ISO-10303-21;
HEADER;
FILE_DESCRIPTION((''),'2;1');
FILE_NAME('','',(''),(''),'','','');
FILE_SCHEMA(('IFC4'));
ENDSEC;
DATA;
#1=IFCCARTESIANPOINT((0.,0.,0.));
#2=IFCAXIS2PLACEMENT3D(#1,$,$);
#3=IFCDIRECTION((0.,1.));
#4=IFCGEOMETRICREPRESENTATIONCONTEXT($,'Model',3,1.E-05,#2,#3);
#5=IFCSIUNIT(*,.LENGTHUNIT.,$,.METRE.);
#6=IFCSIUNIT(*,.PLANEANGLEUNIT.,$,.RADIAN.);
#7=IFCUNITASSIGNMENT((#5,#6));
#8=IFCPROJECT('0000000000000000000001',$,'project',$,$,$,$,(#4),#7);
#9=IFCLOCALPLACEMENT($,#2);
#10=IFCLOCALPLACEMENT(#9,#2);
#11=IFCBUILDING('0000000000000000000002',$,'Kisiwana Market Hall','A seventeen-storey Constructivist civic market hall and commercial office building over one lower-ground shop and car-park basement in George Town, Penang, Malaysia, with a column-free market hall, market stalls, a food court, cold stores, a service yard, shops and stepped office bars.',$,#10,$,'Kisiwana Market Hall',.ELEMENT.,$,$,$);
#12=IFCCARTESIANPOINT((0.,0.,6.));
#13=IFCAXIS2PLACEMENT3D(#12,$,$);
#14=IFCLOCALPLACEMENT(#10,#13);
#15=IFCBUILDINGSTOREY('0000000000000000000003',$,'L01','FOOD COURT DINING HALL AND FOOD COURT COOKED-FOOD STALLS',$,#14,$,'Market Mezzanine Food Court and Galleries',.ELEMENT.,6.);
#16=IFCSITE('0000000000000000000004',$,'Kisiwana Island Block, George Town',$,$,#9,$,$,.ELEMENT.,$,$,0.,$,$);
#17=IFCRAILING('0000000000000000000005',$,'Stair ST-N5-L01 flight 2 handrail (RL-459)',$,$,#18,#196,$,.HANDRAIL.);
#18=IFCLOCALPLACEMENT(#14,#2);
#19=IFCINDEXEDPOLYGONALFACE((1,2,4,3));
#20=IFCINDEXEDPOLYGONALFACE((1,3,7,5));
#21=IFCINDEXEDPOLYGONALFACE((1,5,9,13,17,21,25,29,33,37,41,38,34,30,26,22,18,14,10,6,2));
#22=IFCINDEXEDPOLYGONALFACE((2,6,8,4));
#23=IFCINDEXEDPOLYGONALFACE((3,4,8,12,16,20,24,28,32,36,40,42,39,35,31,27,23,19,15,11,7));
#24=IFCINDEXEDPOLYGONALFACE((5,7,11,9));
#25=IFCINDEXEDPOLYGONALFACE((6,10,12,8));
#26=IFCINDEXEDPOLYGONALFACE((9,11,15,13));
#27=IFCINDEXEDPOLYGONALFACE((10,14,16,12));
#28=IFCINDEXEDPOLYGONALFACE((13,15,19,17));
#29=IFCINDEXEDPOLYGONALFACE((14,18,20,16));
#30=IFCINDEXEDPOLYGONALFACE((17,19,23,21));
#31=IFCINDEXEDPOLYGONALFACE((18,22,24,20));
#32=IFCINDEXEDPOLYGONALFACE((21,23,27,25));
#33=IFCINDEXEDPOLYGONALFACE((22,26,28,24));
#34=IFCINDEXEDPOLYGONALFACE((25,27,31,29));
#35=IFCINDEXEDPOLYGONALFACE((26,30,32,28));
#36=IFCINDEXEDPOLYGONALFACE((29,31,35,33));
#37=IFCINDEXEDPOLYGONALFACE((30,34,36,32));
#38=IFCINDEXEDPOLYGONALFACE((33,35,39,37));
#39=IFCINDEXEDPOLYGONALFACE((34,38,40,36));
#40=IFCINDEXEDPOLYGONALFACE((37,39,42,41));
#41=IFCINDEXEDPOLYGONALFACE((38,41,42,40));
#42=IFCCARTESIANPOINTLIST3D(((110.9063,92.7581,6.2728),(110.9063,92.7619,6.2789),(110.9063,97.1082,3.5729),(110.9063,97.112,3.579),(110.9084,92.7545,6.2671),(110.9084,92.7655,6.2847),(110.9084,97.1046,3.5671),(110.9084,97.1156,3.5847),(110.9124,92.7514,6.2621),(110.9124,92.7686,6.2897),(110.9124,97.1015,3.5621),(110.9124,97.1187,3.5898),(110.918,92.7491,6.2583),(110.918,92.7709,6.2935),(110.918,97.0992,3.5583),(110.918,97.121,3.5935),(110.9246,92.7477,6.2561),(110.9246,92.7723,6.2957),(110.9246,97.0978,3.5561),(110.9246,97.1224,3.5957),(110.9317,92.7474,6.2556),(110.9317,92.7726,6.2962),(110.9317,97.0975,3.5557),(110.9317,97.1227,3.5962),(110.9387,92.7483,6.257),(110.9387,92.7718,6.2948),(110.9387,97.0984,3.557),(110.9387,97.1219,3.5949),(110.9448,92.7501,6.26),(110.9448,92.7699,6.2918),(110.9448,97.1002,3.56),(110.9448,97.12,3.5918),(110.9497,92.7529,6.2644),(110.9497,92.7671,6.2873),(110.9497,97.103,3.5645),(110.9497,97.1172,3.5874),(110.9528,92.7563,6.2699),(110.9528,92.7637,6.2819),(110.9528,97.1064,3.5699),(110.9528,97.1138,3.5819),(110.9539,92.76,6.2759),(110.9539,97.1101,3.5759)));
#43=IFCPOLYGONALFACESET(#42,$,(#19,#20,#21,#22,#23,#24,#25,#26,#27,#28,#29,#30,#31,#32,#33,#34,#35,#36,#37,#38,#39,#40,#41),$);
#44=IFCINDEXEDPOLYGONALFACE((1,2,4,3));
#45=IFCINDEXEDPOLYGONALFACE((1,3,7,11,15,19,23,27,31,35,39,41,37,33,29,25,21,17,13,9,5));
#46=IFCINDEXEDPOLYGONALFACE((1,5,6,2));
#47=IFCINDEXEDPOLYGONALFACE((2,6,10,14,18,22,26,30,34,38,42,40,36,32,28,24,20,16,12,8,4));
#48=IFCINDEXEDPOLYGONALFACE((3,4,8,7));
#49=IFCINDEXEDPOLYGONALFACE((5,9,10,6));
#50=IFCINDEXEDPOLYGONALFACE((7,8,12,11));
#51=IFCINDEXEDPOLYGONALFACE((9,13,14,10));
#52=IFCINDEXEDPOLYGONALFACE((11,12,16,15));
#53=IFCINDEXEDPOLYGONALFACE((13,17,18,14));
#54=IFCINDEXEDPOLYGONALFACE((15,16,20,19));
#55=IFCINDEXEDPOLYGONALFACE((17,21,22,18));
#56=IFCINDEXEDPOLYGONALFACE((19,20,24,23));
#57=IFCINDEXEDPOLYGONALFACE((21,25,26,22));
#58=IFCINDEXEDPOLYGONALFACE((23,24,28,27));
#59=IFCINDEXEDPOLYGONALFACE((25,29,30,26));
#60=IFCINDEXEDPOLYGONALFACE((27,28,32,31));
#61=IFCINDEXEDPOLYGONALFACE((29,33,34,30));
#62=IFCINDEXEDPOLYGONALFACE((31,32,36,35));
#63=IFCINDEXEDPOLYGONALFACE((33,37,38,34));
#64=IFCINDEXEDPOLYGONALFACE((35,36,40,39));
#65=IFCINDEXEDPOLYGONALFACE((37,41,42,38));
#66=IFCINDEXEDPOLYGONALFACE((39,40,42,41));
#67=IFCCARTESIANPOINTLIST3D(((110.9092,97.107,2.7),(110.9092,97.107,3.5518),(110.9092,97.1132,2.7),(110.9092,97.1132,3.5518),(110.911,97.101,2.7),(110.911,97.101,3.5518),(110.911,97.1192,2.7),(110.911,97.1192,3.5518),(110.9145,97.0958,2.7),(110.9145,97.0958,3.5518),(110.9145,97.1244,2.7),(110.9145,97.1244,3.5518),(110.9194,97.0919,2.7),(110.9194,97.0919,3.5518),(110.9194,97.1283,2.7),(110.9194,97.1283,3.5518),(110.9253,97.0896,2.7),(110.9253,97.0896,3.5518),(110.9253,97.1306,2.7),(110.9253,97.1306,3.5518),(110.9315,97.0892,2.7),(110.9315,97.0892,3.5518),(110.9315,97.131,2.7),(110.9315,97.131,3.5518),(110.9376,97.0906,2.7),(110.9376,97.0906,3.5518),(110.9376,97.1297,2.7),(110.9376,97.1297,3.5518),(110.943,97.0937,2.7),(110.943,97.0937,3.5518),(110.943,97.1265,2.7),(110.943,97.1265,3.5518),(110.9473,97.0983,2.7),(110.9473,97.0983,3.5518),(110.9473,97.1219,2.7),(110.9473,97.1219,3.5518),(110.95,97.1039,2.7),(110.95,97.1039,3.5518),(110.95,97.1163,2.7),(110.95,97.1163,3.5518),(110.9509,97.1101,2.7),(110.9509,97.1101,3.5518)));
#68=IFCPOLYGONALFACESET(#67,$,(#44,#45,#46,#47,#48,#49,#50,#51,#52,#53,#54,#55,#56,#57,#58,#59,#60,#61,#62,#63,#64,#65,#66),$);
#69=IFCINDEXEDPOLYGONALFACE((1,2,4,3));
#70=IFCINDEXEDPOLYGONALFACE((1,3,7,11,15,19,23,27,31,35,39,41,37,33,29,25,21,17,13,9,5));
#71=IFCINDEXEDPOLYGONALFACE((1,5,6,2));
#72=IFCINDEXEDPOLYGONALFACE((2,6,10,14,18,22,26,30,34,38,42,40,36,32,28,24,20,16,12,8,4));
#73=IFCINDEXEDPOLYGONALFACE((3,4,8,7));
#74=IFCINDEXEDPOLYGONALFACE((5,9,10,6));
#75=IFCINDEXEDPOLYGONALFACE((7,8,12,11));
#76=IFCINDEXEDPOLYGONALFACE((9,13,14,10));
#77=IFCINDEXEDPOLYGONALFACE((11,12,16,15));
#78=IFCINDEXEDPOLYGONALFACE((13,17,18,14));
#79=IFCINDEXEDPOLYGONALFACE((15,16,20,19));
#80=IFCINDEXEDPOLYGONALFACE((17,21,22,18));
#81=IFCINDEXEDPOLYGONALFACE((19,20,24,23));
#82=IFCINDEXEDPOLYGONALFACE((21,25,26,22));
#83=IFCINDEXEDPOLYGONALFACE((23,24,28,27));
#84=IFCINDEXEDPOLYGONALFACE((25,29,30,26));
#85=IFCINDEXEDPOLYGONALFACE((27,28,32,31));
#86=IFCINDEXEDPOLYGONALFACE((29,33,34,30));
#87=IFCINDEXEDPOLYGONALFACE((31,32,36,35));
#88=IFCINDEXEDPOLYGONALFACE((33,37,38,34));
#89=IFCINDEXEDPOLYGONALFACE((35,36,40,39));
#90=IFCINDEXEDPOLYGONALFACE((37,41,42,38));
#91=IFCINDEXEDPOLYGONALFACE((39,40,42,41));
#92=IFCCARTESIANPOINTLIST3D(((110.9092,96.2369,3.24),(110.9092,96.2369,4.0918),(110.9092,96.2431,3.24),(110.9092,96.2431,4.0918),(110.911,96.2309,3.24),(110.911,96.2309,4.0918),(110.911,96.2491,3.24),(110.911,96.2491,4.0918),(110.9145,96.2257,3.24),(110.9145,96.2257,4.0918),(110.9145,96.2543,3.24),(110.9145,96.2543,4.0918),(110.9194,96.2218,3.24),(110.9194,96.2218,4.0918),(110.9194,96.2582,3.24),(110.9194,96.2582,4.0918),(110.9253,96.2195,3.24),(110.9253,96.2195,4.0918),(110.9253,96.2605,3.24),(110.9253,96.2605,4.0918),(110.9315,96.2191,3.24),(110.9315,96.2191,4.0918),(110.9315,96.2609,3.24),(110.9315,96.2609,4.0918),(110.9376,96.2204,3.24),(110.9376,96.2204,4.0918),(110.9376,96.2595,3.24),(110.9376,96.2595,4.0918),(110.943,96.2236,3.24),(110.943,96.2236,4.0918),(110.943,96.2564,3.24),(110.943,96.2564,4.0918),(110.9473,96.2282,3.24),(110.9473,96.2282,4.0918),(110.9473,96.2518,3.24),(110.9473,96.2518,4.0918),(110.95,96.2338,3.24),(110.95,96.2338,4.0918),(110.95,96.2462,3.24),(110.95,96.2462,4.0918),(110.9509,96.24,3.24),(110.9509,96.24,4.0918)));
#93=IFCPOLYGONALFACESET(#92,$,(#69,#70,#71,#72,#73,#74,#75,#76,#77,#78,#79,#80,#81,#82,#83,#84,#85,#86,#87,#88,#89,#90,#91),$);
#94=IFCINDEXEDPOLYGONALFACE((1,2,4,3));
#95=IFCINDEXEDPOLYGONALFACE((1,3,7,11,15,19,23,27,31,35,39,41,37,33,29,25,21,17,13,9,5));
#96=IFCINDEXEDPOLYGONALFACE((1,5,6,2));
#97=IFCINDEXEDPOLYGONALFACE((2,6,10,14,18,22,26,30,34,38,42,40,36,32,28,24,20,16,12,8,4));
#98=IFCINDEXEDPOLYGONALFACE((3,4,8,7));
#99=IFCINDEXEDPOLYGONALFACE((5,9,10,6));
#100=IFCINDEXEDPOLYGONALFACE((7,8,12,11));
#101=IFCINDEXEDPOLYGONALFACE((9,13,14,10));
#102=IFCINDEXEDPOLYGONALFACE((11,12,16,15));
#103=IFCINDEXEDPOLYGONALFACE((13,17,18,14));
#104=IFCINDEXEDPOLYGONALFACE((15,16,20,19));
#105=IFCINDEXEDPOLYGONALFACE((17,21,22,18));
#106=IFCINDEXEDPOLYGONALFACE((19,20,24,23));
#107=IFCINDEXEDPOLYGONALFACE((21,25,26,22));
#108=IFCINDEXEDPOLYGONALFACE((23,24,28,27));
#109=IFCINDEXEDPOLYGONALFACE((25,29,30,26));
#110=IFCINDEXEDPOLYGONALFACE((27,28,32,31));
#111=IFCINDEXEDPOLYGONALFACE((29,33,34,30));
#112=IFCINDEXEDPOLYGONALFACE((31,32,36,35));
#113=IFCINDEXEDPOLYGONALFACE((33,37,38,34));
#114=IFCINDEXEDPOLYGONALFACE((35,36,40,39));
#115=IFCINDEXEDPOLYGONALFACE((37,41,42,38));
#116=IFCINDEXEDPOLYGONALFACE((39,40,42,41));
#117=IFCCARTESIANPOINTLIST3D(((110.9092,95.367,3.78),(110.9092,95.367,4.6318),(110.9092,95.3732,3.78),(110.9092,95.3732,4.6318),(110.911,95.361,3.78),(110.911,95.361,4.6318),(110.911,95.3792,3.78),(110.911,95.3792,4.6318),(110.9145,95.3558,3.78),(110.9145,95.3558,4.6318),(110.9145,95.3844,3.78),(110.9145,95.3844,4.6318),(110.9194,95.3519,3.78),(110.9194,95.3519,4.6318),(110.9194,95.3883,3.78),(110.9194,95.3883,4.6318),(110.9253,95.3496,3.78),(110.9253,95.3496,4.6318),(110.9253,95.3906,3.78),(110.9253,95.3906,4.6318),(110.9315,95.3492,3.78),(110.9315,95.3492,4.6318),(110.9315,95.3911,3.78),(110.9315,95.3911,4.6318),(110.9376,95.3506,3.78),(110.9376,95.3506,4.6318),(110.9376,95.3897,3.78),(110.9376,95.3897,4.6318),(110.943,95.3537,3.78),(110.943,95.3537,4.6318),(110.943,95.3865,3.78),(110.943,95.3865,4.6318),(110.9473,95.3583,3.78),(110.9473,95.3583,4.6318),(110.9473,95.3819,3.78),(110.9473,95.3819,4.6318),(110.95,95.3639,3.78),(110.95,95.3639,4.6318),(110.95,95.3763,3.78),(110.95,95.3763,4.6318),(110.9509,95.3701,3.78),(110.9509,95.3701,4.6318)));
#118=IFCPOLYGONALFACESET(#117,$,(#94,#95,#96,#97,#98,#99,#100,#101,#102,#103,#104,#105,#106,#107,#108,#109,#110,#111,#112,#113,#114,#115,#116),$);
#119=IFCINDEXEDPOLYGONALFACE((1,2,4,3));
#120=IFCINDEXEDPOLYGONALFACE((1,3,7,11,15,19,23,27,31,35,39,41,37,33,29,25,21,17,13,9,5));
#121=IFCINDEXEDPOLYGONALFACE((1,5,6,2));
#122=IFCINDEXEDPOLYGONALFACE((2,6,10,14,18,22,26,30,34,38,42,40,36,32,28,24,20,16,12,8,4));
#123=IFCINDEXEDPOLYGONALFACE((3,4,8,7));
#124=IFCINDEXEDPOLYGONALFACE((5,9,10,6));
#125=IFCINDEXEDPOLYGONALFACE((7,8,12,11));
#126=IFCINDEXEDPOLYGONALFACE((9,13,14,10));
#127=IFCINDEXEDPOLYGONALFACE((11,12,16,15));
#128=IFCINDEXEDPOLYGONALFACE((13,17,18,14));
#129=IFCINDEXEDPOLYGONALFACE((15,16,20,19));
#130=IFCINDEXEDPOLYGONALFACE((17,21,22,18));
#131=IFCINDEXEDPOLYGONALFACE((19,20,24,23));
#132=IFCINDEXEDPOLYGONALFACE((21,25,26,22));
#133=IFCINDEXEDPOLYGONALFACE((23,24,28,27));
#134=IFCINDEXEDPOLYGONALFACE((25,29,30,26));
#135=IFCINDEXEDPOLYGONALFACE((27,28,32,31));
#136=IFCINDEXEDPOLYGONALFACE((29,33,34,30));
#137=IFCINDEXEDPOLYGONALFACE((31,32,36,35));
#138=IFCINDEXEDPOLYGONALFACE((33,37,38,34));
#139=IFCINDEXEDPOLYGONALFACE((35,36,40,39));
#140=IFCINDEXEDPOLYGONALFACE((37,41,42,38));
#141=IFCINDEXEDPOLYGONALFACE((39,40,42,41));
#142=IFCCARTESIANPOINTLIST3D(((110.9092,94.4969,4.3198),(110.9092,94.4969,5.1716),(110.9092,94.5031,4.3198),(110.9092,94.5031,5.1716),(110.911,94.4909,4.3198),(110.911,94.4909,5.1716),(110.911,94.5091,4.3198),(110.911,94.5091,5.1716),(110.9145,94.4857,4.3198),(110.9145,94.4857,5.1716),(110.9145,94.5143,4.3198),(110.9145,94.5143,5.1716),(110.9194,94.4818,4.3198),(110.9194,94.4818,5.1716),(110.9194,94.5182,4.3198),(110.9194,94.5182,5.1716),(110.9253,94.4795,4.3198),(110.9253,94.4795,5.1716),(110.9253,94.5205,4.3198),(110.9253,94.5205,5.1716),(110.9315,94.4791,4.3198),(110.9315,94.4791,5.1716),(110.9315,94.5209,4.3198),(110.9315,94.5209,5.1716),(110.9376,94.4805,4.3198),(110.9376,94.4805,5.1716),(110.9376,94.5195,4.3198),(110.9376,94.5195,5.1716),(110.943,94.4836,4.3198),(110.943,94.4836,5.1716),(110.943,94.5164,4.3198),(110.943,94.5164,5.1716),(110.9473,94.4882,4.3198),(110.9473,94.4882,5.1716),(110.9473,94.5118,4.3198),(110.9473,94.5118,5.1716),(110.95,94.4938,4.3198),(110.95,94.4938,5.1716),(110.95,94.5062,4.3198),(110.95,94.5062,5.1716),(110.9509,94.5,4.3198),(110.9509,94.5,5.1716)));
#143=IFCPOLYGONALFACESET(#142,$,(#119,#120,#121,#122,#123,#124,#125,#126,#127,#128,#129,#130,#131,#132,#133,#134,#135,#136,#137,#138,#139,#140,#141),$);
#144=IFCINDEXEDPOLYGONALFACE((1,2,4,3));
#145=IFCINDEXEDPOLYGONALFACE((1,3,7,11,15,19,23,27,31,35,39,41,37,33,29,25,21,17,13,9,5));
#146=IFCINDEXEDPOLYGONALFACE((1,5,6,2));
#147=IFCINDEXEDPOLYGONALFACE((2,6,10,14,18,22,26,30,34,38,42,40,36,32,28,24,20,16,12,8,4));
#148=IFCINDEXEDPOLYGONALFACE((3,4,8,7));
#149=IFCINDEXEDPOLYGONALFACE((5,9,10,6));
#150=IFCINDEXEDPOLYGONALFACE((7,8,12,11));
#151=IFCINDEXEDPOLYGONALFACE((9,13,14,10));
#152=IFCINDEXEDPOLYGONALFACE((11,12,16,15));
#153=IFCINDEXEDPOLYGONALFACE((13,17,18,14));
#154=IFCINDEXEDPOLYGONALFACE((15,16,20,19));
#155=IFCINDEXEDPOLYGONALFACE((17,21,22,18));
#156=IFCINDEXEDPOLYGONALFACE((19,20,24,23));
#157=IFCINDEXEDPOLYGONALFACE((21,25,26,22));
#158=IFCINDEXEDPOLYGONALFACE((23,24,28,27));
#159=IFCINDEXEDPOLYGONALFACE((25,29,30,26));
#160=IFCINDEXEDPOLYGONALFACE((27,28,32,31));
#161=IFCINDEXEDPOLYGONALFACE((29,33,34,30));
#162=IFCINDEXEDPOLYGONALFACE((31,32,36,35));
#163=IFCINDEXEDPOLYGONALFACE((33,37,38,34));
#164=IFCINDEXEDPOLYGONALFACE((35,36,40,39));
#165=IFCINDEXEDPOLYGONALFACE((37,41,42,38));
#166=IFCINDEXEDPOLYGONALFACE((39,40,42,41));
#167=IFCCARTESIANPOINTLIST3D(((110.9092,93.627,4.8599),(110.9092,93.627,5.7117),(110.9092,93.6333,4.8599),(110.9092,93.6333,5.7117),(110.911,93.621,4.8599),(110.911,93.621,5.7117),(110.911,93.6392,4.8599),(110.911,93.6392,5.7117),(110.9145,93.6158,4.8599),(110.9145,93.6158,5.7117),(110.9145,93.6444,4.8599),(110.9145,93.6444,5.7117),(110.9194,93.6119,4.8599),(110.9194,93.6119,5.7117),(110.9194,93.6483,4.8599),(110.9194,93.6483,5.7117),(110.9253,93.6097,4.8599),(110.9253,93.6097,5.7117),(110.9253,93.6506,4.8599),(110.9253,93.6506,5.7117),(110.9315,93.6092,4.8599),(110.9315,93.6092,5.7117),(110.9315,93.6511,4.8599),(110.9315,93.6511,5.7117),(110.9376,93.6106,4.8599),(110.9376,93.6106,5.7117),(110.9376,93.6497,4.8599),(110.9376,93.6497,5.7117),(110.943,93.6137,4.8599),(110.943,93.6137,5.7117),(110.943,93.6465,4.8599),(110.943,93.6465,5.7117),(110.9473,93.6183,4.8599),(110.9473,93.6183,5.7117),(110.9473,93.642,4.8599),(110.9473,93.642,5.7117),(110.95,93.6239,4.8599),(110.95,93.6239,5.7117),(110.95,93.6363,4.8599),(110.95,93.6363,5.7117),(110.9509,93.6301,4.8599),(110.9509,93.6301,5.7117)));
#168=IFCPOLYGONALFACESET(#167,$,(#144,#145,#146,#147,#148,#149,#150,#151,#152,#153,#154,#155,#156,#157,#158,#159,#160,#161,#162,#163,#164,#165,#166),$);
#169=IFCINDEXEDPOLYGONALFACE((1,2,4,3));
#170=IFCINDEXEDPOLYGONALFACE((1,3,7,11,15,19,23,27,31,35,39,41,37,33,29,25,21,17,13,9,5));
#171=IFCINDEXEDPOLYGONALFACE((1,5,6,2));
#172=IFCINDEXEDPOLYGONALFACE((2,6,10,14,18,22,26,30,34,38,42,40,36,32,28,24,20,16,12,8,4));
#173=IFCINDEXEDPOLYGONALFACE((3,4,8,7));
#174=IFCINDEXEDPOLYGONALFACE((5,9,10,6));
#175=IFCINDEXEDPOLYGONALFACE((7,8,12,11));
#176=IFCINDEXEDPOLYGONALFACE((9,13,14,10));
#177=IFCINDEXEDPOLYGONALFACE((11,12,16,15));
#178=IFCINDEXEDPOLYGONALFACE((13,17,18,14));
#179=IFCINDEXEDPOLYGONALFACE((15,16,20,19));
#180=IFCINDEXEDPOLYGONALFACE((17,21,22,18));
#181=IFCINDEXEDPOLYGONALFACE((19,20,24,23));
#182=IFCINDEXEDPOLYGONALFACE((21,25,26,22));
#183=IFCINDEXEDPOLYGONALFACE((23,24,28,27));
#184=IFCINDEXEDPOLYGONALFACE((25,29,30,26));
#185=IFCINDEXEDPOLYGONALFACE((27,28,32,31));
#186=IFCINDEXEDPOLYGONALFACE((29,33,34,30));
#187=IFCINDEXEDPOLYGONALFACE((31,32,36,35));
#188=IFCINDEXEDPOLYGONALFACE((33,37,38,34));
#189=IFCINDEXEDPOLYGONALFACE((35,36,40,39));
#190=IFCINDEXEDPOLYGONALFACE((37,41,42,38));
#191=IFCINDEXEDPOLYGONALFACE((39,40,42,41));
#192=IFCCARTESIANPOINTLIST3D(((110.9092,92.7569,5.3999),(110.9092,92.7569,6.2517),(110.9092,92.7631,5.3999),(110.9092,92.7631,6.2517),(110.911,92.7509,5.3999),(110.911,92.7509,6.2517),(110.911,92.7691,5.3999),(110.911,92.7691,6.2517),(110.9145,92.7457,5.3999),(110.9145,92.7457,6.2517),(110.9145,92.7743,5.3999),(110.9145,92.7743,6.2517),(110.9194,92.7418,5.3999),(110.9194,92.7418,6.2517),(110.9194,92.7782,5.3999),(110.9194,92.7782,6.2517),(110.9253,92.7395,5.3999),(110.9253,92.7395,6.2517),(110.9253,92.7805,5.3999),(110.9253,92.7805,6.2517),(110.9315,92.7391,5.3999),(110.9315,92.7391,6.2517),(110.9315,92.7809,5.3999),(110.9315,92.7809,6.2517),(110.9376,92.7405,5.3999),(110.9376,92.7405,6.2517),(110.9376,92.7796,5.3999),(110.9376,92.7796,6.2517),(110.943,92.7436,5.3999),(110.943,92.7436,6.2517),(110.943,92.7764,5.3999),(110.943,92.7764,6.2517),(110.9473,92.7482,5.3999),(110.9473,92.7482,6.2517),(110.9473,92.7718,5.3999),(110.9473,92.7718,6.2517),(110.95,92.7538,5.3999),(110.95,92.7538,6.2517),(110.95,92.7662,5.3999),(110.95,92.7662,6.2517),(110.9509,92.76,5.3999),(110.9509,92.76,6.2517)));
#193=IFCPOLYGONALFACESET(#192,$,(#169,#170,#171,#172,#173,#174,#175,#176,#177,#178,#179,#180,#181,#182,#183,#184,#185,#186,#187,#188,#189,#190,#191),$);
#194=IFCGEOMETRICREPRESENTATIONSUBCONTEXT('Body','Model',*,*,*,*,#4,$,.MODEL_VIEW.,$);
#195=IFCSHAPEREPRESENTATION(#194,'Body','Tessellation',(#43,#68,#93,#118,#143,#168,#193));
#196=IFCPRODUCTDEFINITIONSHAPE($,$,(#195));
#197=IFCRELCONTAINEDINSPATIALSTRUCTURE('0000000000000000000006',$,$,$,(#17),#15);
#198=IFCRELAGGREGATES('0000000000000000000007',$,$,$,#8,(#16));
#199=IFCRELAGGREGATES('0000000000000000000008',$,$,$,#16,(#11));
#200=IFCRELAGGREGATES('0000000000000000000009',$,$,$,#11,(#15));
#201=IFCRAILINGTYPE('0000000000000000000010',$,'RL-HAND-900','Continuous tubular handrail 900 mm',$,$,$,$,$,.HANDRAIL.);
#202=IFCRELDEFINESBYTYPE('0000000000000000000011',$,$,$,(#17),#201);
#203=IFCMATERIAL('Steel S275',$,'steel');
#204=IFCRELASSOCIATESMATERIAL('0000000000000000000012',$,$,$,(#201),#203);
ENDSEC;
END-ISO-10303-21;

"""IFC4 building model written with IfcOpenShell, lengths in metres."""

from ifc_helpers import new_model, si_unit, direction, frame, origin, origin_2d, place, context, subcontext, project, spatial, circle, extrude, material, type_object, element, save


model = new_model("IFC4")

# Units and contexts
model_context = context("Model", 3, precision=1e-05, world=origin(), true_north=direction((0.0, 1.0)))
body_context = subcontext(model_context, "Body", "Model", "MODEL_VIEW")
ifc_project = project(units=[si_unit("LENGTHUNIT", "METRE"), si_unit("PLANEANGLEUNIT", "RADIAN")], contexts=[model_context])

# Site, building, storey
site_placement = place(None, origin())
site = spatial("IfcSite", under=ifc_project, at=site_placement, Name="Kisiwana Island Block, George Town", CompositionType="ELEMENT", RefElevation=0.0)
building_placement = place(site_placement, origin())
building = spatial("IfcBuilding", under=site, at=building_placement, Name="Kisiwana Market Hall", Description="A seventeen-storey Constructivist civic market hall and commercial office building over one lower-ground shop and car-park basement in George Town, Penang, Malaysia, with a column-free market hall, market stalls, a food court, cold stores, a service yard, shops and stepped office bars.", LongName="Kisiwana Market Hall", CompositionType="ELEMENT")
storey_placement = place(building_placement, frame((0.0, 0.0, 6.0)))
storey = spatial("IfcBuildingStorey", under=building, at=storey_placement, Name="L01", Description="FOOD COURT DINING HALL AND FOOD COURT COOKED-FOOD STALLS", LongName="Market Mezzanine Food Court and Galleries", CompositionType="ELEMENT", Elevation=6.0)

# Railing
ifc_material_1 = material(Name="Steel S275", Category="steel")
railing_type_1 = type_object("IfcRailingType", Name="RL-HAND-900", Description="Continuous tubular handrail 900 mm", PredefinedType="HANDRAIL", material=ifc_material_1)
railing_1_placement = place(storey_placement, frame((110.9299, 97.1101, 2.7)))
element("IfcRailing", 1, at=railing_1_placement, inside=storey, type_object=railing_type_1, Name="Stair ST-N5-L01 flight 2 handrail (RL-459)", PredefinedType="HANDRAIL", context=body_context, shape_type="SweptSolid", body=[
    extrude(circle(Radius=0.0239, at=origin_2d()), frame((0.0, 0.0, 0.876), z_axis=(0.0, -0.84965, 0.527347), x_axis=(1.0, 0.0, 0.0)), (0.0, 0.0, 1.0), 5.1199),
    extrude(circle(Radius=0.021, at=origin_2d()), origin(), (0.0, 0.0, 1.0), 0.8518),
    extrude(circle(Radius=0.021, at=origin_2d()), frame((0.0, -0.8701, 0.54)), (0.0, 0.0, 1.0), 0.8518),
    extrude(circle(Radius=0.021, at=origin_2d()), frame((0.0, -1.74, 1.0801)), (0.0, 0.0, 1.0), 0.8518),
    extrude(circle(Radius=0.021, at=origin_2d()), frame((0.0, -2.6101, 1.6199)), (0.0, 0.0, 1.0), 0.8518),
    extrude(circle(Radius=0.021, at=origin_2d()), frame((0.0, -3.48, 2.1599)), (0.0, 0.0, 1.0), 0.8518),
    extrude(circle(Radius=0.021, at=origin_2d()), frame((0.0, -4.3501, 2.7)), (0.0, 0.0, 1.0), 0.8518),
])

save(model, "model.ifc")
